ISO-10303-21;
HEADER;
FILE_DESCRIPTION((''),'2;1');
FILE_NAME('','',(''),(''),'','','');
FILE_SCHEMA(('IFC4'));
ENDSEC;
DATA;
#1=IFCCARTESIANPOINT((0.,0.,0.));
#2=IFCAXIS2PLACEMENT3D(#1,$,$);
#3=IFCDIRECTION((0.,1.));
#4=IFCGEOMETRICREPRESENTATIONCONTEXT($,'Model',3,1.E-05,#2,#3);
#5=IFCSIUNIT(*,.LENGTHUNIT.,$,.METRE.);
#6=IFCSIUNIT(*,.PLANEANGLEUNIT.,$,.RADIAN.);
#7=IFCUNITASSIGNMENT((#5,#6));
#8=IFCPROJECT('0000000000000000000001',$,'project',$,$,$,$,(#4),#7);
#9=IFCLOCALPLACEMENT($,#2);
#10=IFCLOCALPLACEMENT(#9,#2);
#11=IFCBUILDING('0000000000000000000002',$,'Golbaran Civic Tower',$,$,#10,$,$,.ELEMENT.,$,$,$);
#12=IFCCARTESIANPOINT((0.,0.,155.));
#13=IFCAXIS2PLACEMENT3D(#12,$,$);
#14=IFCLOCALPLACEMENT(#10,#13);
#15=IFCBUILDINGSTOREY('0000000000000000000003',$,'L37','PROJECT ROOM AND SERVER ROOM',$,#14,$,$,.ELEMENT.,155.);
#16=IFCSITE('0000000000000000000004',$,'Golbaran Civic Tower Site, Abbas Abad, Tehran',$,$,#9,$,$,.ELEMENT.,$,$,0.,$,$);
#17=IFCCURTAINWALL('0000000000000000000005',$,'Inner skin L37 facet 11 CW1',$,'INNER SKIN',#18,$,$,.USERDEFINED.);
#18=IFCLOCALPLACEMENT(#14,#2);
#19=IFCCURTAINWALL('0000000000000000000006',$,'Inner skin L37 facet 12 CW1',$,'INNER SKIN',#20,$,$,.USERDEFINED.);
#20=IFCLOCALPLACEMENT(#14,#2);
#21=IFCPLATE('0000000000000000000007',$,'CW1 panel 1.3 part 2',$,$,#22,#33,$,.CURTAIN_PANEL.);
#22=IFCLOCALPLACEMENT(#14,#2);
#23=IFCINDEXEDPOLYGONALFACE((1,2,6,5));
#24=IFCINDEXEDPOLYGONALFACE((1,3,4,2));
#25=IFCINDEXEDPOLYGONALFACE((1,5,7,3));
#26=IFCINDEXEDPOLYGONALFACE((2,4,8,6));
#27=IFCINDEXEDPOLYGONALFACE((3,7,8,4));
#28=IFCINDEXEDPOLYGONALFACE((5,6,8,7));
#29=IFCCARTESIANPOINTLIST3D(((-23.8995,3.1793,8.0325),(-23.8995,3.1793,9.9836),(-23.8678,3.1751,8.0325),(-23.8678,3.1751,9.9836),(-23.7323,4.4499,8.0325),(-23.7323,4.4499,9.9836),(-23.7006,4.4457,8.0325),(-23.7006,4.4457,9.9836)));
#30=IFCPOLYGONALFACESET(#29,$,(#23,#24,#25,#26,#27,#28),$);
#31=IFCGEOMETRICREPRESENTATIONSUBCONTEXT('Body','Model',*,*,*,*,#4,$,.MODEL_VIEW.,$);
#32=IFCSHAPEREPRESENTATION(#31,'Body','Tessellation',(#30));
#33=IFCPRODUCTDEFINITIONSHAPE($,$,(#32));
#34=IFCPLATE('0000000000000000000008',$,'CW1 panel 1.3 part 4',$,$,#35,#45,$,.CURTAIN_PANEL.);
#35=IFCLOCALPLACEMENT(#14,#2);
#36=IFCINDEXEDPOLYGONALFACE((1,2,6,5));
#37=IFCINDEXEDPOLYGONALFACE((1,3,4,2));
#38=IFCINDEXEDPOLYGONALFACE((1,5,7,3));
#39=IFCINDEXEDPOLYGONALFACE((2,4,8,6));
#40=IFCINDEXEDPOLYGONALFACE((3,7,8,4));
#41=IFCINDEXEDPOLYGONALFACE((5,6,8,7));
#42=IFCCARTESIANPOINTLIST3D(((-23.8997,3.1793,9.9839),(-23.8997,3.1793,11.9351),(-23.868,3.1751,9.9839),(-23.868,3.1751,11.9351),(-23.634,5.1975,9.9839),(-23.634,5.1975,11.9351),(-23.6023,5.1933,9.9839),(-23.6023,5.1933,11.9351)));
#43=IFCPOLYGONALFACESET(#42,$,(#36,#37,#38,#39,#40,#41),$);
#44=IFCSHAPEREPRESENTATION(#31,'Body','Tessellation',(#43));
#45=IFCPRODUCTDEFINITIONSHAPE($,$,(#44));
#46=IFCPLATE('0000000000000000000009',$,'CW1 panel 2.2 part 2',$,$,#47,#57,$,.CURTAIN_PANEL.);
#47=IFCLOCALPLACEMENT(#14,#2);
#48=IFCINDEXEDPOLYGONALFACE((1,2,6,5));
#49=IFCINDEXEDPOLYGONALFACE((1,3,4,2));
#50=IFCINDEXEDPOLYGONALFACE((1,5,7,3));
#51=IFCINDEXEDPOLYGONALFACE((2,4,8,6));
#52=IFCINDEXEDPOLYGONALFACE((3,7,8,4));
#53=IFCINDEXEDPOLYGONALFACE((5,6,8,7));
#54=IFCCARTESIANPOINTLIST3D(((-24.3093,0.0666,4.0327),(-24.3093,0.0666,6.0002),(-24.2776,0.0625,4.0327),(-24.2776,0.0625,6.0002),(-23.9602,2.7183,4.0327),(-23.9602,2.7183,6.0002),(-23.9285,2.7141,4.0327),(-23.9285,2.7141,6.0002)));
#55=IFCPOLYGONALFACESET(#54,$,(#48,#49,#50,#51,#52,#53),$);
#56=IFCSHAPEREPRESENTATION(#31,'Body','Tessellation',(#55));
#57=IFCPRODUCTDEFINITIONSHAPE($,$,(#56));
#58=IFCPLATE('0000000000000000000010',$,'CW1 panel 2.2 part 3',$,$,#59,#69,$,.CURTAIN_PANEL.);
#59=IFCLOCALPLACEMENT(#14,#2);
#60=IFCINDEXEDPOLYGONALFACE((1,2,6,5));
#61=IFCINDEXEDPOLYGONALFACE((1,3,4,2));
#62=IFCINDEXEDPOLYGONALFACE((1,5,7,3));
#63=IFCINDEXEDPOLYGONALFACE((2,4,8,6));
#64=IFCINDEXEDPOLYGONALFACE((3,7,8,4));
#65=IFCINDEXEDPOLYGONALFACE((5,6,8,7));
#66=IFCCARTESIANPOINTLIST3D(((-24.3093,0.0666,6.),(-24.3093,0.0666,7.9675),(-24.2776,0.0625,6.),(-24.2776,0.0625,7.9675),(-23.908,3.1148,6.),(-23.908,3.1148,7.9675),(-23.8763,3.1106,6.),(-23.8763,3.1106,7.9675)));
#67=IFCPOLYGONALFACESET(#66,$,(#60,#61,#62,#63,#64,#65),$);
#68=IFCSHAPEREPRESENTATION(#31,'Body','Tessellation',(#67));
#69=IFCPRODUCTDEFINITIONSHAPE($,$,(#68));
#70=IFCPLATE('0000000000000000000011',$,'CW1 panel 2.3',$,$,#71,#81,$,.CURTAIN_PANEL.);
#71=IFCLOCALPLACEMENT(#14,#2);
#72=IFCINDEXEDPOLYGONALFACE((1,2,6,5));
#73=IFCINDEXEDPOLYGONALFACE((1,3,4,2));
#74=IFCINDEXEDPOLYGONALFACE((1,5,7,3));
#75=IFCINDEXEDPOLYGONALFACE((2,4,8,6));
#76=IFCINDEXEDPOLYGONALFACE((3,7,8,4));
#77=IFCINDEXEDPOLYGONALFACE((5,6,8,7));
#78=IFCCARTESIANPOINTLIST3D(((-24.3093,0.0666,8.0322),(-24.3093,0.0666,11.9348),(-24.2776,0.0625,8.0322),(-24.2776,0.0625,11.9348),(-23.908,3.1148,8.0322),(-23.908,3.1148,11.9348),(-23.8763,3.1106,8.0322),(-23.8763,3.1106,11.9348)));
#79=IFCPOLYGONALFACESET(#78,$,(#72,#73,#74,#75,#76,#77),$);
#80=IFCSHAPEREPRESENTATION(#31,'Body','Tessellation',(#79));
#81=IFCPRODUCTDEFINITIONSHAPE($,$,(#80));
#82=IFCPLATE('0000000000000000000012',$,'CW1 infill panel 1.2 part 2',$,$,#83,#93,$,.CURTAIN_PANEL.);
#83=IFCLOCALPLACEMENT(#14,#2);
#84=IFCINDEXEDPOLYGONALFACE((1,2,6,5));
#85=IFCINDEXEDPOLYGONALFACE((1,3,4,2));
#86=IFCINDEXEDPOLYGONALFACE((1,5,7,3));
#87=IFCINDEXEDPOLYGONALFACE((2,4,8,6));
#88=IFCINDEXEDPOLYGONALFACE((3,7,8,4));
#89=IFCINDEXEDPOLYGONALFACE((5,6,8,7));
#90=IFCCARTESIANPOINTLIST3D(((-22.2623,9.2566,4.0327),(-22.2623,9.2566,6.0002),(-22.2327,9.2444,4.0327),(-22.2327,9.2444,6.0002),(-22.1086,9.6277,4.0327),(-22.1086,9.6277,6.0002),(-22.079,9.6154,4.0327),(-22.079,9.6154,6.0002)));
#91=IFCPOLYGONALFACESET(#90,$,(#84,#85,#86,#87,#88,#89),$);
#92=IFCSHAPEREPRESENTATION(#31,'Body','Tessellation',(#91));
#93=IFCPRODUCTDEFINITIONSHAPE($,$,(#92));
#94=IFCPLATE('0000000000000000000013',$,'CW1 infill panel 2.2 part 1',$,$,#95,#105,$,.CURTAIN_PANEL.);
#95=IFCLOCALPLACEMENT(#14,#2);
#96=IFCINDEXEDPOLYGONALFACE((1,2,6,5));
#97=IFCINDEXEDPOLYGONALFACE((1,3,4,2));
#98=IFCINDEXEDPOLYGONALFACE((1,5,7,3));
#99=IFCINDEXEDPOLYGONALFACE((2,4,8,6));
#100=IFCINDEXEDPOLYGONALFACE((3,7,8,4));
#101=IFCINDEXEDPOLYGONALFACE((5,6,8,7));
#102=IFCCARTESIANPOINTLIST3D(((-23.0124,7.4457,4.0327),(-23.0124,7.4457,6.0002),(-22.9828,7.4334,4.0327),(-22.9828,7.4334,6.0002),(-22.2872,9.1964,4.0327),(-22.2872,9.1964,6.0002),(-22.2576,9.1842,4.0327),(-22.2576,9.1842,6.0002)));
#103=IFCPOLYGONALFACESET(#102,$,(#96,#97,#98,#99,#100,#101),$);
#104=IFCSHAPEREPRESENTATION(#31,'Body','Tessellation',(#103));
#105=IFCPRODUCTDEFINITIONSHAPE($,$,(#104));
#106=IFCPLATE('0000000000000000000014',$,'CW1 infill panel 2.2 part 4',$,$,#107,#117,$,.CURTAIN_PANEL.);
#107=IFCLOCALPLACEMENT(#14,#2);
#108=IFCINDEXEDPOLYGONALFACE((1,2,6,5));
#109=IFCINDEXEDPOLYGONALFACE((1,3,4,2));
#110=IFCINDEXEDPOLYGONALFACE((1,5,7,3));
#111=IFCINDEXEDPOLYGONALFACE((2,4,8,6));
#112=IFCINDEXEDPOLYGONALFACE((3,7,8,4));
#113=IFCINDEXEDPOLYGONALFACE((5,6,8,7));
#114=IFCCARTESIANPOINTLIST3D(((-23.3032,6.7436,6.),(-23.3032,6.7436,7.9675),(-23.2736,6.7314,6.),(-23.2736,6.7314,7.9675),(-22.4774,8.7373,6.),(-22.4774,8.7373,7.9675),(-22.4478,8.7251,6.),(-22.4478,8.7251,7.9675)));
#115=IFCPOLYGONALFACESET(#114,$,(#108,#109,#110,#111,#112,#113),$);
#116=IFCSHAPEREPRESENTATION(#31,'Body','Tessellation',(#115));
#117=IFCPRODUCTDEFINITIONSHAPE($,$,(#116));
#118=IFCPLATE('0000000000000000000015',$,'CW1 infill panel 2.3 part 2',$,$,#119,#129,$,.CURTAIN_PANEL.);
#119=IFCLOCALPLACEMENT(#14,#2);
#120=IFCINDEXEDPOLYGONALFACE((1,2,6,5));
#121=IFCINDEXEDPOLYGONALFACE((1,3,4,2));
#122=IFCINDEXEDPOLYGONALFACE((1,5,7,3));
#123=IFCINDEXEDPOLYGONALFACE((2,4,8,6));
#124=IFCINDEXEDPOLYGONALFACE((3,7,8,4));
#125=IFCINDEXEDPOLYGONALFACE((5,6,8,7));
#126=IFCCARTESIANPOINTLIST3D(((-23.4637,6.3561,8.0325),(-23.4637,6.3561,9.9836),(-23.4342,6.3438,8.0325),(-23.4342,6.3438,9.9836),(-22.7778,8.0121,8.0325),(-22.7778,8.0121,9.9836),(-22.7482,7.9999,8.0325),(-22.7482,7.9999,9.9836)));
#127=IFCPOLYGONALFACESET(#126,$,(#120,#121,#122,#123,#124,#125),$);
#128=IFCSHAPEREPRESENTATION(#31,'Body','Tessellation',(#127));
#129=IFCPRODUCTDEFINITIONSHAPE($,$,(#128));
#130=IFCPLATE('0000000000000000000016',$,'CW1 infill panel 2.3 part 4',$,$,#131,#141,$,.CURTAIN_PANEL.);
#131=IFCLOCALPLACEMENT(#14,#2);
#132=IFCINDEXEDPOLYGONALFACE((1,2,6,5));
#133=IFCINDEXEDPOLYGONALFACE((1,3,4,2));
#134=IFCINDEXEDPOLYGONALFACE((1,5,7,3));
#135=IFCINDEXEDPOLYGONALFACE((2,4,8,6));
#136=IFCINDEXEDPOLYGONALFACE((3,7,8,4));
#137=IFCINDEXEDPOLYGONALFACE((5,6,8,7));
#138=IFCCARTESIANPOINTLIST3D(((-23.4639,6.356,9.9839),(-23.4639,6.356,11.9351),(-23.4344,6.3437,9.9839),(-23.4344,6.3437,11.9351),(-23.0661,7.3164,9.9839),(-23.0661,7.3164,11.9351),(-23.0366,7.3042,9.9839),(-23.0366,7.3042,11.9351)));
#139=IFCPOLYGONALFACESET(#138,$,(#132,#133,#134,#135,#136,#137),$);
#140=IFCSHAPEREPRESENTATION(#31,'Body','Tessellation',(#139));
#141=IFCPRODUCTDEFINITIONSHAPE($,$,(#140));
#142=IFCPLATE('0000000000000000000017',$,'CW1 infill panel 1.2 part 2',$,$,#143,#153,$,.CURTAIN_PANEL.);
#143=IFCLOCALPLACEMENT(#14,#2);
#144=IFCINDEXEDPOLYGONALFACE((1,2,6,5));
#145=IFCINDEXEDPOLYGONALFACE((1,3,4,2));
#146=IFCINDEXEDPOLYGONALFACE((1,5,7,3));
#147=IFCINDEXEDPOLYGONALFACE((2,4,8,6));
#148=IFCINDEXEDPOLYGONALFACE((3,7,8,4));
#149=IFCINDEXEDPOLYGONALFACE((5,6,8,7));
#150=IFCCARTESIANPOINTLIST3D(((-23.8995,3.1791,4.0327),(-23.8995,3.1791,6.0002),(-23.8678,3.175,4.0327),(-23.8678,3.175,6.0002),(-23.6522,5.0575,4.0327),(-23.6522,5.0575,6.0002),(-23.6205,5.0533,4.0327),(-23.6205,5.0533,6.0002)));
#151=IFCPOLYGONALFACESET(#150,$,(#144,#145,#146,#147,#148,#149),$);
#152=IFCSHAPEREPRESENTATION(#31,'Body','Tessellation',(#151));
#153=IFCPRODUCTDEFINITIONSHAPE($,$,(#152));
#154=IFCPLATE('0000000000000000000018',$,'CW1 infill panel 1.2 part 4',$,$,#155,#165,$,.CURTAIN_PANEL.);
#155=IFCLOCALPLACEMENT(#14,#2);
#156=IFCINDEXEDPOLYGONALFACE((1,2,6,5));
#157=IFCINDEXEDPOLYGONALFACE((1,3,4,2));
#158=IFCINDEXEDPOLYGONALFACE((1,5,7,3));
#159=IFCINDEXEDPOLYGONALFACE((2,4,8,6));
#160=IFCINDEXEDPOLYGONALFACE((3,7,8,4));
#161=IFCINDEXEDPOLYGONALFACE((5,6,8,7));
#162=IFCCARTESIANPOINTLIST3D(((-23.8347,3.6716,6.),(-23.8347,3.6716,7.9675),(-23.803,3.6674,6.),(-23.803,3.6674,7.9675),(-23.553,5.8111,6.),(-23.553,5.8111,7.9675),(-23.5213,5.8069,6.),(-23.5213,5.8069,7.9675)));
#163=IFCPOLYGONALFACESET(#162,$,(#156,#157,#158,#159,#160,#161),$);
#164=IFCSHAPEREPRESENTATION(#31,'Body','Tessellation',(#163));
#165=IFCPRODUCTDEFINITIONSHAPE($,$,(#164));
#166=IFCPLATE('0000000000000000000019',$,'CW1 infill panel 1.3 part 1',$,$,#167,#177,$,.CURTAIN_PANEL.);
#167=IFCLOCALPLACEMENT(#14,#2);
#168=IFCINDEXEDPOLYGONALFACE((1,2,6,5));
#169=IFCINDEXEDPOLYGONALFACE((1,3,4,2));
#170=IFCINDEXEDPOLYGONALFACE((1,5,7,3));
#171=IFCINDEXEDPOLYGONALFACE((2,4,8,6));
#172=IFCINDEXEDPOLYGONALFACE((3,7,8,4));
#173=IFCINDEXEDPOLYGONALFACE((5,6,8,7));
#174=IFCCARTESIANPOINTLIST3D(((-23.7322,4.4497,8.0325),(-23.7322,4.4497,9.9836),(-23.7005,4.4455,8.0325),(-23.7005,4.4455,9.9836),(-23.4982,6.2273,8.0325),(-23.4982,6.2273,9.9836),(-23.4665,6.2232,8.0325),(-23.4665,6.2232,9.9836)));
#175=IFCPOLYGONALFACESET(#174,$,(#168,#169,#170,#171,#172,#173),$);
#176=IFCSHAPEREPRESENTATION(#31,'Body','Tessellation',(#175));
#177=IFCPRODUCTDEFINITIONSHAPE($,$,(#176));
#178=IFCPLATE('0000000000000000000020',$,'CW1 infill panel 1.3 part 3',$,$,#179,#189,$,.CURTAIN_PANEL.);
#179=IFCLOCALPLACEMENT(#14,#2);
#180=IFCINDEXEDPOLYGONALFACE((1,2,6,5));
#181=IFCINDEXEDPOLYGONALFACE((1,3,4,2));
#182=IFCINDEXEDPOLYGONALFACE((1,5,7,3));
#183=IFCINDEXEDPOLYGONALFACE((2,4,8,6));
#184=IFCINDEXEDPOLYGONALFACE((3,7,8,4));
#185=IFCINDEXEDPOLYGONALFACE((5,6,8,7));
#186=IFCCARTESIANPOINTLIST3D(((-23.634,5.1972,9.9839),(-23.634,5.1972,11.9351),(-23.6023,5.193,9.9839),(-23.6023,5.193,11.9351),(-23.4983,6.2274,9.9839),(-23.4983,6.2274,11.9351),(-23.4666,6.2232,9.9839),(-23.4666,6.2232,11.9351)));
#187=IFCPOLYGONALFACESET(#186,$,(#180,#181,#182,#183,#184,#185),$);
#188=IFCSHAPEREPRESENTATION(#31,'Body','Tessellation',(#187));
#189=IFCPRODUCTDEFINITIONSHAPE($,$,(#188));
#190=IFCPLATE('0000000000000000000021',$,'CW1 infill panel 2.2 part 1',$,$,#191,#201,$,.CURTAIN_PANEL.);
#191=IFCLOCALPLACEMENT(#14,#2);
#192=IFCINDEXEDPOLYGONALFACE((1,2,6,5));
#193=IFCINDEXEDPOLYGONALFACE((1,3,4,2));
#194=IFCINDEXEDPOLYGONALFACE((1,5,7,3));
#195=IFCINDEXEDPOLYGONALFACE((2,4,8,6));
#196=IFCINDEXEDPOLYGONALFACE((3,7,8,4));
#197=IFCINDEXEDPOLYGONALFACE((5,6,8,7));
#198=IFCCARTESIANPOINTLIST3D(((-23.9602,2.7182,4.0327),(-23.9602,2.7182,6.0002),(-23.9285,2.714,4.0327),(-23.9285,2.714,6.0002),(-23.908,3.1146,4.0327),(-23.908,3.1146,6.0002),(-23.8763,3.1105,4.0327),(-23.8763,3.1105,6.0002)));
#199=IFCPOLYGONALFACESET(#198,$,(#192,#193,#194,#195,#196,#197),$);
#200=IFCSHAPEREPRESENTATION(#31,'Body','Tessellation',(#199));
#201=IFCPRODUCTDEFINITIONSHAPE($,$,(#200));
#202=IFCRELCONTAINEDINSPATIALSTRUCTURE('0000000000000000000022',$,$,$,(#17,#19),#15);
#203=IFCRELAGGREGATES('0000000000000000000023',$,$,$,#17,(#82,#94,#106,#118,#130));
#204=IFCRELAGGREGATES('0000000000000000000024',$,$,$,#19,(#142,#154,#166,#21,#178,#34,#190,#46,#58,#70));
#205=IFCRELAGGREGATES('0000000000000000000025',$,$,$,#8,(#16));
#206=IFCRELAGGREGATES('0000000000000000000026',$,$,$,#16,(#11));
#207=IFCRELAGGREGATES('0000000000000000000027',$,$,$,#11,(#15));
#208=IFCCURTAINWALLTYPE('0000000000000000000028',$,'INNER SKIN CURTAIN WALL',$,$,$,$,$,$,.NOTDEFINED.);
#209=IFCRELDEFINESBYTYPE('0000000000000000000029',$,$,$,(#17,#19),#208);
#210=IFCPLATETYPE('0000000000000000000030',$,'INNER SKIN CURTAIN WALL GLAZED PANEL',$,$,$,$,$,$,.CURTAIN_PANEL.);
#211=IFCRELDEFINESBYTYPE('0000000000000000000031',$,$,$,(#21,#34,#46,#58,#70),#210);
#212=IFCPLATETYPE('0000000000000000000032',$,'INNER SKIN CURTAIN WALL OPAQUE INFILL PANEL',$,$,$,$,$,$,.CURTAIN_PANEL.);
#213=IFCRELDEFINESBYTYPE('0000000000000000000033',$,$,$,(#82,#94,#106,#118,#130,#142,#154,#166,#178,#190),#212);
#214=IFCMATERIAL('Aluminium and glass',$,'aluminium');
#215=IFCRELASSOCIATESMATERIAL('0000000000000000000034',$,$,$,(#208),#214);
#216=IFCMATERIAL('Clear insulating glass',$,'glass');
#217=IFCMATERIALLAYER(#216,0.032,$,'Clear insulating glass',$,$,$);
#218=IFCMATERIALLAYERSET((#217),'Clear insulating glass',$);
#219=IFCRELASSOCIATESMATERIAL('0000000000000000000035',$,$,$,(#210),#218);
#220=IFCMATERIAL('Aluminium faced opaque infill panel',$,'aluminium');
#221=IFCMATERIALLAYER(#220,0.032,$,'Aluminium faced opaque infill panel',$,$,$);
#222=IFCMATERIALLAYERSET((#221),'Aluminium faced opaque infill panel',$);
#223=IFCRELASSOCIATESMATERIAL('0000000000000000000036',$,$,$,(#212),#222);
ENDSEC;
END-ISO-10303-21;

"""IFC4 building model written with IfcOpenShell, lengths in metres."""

from ifc_helpers import new_model, si_unit, direction, frame, origin, origin_2d, place, context, subcontext, project, spatial, rectangle, extrude, material, layer, layer_set, type_object, element, aggregate, save


model = new_model("IFC4")

# Units and contexts
model_context = context("Model", 3, precision=1e-05, world=origin(), true_north=direction((0.0, 1.0)))
body_context = subcontext(model_context, "Body", "Model", "MODEL_VIEW")
ifc_project = project(units=[si_unit("LENGTHUNIT", "METRE"), si_unit("PLANEANGLEUNIT", "RADIAN")], contexts=[model_context])

# Site, building, storey
site_placement = place(None, origin())
site = spatial("IfcSite", under=ifc_project, at=site_placement, Name="Golbaran Civic Tower Site, Abbas Abad, Tehran", CompositionType="ELEMENT", RefElevation=0.0)
building_placement = place(site_placement, origin())
building = spatial("IfcBuilding", under=site, at=building_placement, Name="Golbaran Civic Tower", CompositionType="ELEMENT")
storey_placement = place(building_placement, frame((0.0, 0.0, 155.0)))
storey = spatial("IfcBuildingStorey", under=building, at=storey_placement, Name="L37", Description="PROJECT ROOM AND SERVER ROOM", CompositionType="ELEMENT", Elevation=155.0)

# Curtain walls
ifc_material_1 = material(Name="Aluminium and glass", Category="aluminium")
curtain_wall_type = type_object("IfcCurtainWallType", Name="INNER SKIN CURTAIN WALL", PredefinedType="NOTDEFINED", material=ifc_material_1)
curtain_wall_1_placement = place(storey_placement, origin())
curtain_wall_1 = element("IfcCurtainWall", 1, at=curtain_wall_1_placement, inside=storey, type_object=curtain_wall_type, Name="Inner skin L37 facet 11 CW1", ObjectType="INNER SKIN", PredefinedType="USERDEFINED")
curtain_wall_2_placement = place(storey_placement, origin())
curtain_wall_2 = element("IfcCurtainWall", 2, at=curtain_wall_2_placement, inside=storey, type_object=curtain_wall_type, Name="Inner skin L37 facet 12 CW1", ObjectType="INNER SKIN", PredefinedType="USERDEFINED")

# Plates
ifc_material_2 = material(Name="Clear insulating glass", Category="glass")
ifc_layer_1 = layer(ifc_material_2, 0.032, Name="Clear insulating glass")
ifc_layer_set_1 = layer_set([ifc_layer_1], Name="Clear insulating glass")
plate_type_1 = type_object("IfcPlateType", Name="INNER SKIN CURTAIN WALL GLAZED PANEL", PredefinedType="CURTAIN_PANEL", material=ifc_layer_set_1)
plate_1_placement = place(storey_placement, frame((-23.8, 3.8125, 8.0325), z_axis=(0.0, 0.0, 1.0), x_axis=(-0.130526, -0.991445, 0.0)))
plate_1 = element("IfcPlate", 3, at=plate_1_placement, type_object=plate_type_1, Name="CW1 panel 1.3 part 2", PredefinedType="CURTAIN_PANEL", context=body_context, shape_type="SweptSolid", body=[
    extrude(rectangle(XDim=1.2815, YDim=0.032, at=origin_2d()), origin(), (0.0, 0.0, 1.0), 1.9512),
])
plate_2_placement = place(storey_placement, frame((-23.751, 4.1863, 9.9839), z_axis=(0.0, 0.0, 1.0), x_axis=(-0.130526, -0.991445, 0.0)))
plate_2 = element("IfcPlate", 4, at=plate_2_placement, type_object=plate_type_1, Name="CW1 panel 1.3 part 4", PredefinedType="CURTAIN_PANEL", context=body_context, shape_type="SweptSolid", body=[
    extrude(rectangle(XDim=2.0356, YDim=0.032, at=origin_2d()), origin(), (0.0, 0.0, 1.0), 1.9512),
])
plate_3_placement = place(storey_placement, frame((-24.1189, 1.3904, 4.0327), z_axis=(0.0, 0.0, 1.0), x_axis=(-0.130526, -0.991445, 0.0)))
plate_3 = element("IfcPlate", 5, at=plate_3_placement, type_object=plate_type_1, Name="CW1 panel 2.2 part 2", PredefinedType="CURTAIN_PANEL", context=body_context, shape_type="SweptSolid", body=[
    extrude(rectangle(XDim=2.6746, YDim=0.032, at=origin_2d()), origin(), (0.0, 0.0, 1.0), 1.9675),
])
plate_4_placement = place(storey_placement, frame((-24.0928, 1.5886, 6.0), z_axis=(0.0, 0.0, 1.0), x_axis=(-0.130526, -0.991445, 0.0)))
plate_4 = element("IfcPlate", 6, at=plate_4_placement, type_object=plate_type_1, Name="CW1 panel 2.2 part 3", PredefinedType="CURTAIN_PANEL", context=body_context, shape_type="SweptSolid", body=[
    extrude(rectangle(XDim=3.0745, YDim=0.032, at=origin_2d()), origin(), (0.0, 0.0, 1.0), 1.9675),
])
plate_5_placement = place(storey_placement, frame((-24.0928, 1.5886, 8.0322), z_axis=(0.0, 0.0, 1.0), x_axis=(-0.130526, -0.991445, 0.0)))
plate_5 = element("IfcPlate", 7, at=plate_5_placement, type_object=plate_type_1, Name="CW1 panel 2.3", PredefinedType="CURTAIN_PANEL", context=body_context, shape_type="SweptSolid", body=[
    extrude(rectangle(XDim=3.0745, YDim=0.032, at=origin_2d()), origin(), (0.0, 0.0, 1.0), 3.9026),
])
ifc_material_3 = material(Name="Aluminium faced opaque infill panel", Category="aluminium")
ifc_layer_2 = layer(ifc_material_3, 0.032, Name="Aluminium faced opaque infill panel")
ifc_layer_set_2 = layer_set([ifc_layer_2], Name="Aluminium faced opaque infill panel")
plate_type_2 = type_object("IfcPlateType", Name="INNER SKIN CURTAIN WALL OPAQUE INFILL PANEL", PredefinedType="CURTAIN_PANEL", material=ifc_layer_set_2)
plate_6_placement = place(storey_placement, frame((-22.1707, 9.436, 4.0327), z_axis=(0.0, 0.0, 1.0), x_axis=(-0.382683, -0.92388, 0.0)))
plate_6 = element("IfcPlate", 8, at=plate_6_placement, type_object=plate_type_2, Name="CW1 infill panel 1.2 part 2", PredefinedType="CURTAIN_PANEL", context=body_context, shape_type="SweptSolid", body=[
    extrude(rectangle(XDim=0.4016, YDim=0.032, at=origin_2d()), origin(), (0.0, 0.0, 1.0), 1.9675),
])
plate_7_placement = place(storey_placement, frame((-22.635, 8.3149, 4.0327), z_axis=(0.0, 0.0, 1.0), x_axis=(-0.382683, -0.92388, 0.0)))
plate_7 = element("IfcPlate", 9, at=plate_7_placement, type_object=plate_type_2, Name="CW1 infill panel 2.2 part 1", PredefinedType="CURTAIN_PANEL", context=body_context, shape_type="SweptSolid", body=[
    extrude(rectangle(XDim=1.895, YDim=0.032, at=origin_2d()), origin(), (0.0, 0.0, 1.0), 1.9675),
])
plate_8_placement = place(storey_placement, frame((-22.8755, 7.7344, 6.0), z_axis=(0.0, 0.0, 1.0), x_axis=(-0.382683, -0.92388, 0.0)))
plate_8 = element("IfcPlate", 10, at=plate_8_placement, type_object=plate_type_2, Name="CW1 infill panel 2.2 part 4", PredefinedType="CURTAIN_PANEL", context=body_context, shape_type="SweptSolid", body=[
    extrude(rectangle(XDim=2.158, YDim=0.032, at=origin_2d()), origin(), (0.0, 0.0, 1.0), 1.9675),
])
plate_9_placement = place(storey_placement, frame((-23.106, 7.178, 8.0325), z_axis=(0.0, 0.0, 1.0), x_axis=(-0.382683, -0.92388, 0.0)))
plate_9 = element("IfcPlate", 11, at=plate_9_placement, type_object=plate_type_2, Name="CW1 infill panel 2.3 part 2", PredefinedType="CURTAIN_PANEL", context=body_context, shape_type="SweptSolid", body=[
    extrude(rectangle(XDim=1.7925, YDim=0.032, at=origin_2d()), origin(), (0.0, 0.0, 1.0), 1.9512),
])
plate_10_placement = place(storey_placement, frame((-23.2502, 6.8301, 9.9839), z_axis=(0.0, 0.0, 1.0), x_axis=(-0.382683, -0.92388, 0.0)))
plate_10 = element("IfcPlate", 12, at=plate_10_placement, type_object=plate_type_2, Name="CW1 infill panel 2.3 part 4", PredefinedType="CURTAIN_PANEL", context=body_context, shape_type="SweptSolid", body=[
    extrude(rectangle(XDim=1.0396, YDim=0.032, at=origin_2d()), origin(), (0.0, 0.0, 1.0), 1.9512),
])
aggregate(curtain_wall_1, [plate_6, plate_7, plate_8, plate_9, plate_10])
plate_11_placement = place(storey_placement, frame((-23.76, 4.1162, 4.0327), z_axis=(0.0, 0.0, 1.0), x_axis=(-0.130526, -0.991445, 0.0)))
plate_11 = element("IfcPlate", 13, at=plate_11_placement, type_object=plate_type_2, Name="CW1 infill panel 1.2 part 2", PredefinedType="CURTAIN_PANEL", context=body_context, shape_type="SweptSolid", body=[
    extrude(rectangle(XDim=1.8945, YDim=0.032, at=origin_2d()), origin(), (0.0, 0.0, 1.0), 1.9675),
])
plate_12_placement = place(storey_placement, frame((-23.678, 4.7393, 6.0), z_axis=(0.0, 0.0, 1.0), x_axis=(-0.130526, -0.991445, 0.0)))
plate_12 = element("IfcPlate", 14, at=plate_12_placement, type_object=plate_type_2, Name="CW1 infill panel 1.2 part 4", PredefinedType="CURTAIN_PANEL", context=body_context, shape_type="SweptSolid", body=[
    extrude(rectangle(XDim=2.158, YDim=0.032, at=origin_2d()), origin(), (0.0, 0.0, 1.0), 1.9675),
])
plate_13_placement = place(storey_placement, frame((-23.5994, 5.3364, 8.0325), z_axis=(0.0, 0.0, 1.0), x_axis=(-0.130526, -0.991445, 0.0)))
plate_13 = element("IfcPlate", 15, at=plate_13_placement, type_object=plate_type_2, Name="CW1 infill panel 1.3 part 1", PredefinedType="CURTAIN_PANEL", context=body_context, shape_type="SweptSolid", body=[
    extrude(rectangle(XDim=1.793, YDim=0.032, at=origin_2d()), origin(), (0.0, 0.0, 1.0), 1.9512),
])
plate_14_placement = place(storey_placement, frame((-23.5503, 5.7102, 9.9839), z_axis=(0.0, 0.0, 1.0), x_axis=(-0.130526, -0.991445, 0.0)))
plate_14 = element("IfcPlate", 16, at=plate_14_placement, type_object=plate_type_2, Name="CW1 infill panel 1.3 part 3", PredefinedType="CURTAIN_PANEL", context=body_context, shape_type="SweptSolid", body=[
    extrude(rectangle(XDim=1.0391, YDim=0.032, at=origin_2d()), origin(), (0.0, 0.0, 1.0), 1.9512),
])
plate_15_placement = place(storey_placement, frame((-23.9182, 2.9143, 4.0327), z_axis=(0.0, 0.0, 1.0), x_axis=(-0.130526, -0.991445, 0.0)))
plate_15 = element("IfcPlate", 17, at=plate_15_placement, type_object=plate_type_2, Name="CW1 infill panel 2.2 part 1", PredefinedType="CURTAIN_PANEL", context=body_context, shape_type="SweptSolid", body=[
    extrude(rectangle(XDim=0.3999, YDim=0.032, at=origin_2d()), origin(), (0.0, 0.0, 1.0), 1.9675),
])
aggregate(curtain_wall_2, [plate_11, plate_12, plate_13, plate_1, plate_14, plate_2, plate_15, plate_3, plate_4, plate_5])

save(model, "model.ifc")
